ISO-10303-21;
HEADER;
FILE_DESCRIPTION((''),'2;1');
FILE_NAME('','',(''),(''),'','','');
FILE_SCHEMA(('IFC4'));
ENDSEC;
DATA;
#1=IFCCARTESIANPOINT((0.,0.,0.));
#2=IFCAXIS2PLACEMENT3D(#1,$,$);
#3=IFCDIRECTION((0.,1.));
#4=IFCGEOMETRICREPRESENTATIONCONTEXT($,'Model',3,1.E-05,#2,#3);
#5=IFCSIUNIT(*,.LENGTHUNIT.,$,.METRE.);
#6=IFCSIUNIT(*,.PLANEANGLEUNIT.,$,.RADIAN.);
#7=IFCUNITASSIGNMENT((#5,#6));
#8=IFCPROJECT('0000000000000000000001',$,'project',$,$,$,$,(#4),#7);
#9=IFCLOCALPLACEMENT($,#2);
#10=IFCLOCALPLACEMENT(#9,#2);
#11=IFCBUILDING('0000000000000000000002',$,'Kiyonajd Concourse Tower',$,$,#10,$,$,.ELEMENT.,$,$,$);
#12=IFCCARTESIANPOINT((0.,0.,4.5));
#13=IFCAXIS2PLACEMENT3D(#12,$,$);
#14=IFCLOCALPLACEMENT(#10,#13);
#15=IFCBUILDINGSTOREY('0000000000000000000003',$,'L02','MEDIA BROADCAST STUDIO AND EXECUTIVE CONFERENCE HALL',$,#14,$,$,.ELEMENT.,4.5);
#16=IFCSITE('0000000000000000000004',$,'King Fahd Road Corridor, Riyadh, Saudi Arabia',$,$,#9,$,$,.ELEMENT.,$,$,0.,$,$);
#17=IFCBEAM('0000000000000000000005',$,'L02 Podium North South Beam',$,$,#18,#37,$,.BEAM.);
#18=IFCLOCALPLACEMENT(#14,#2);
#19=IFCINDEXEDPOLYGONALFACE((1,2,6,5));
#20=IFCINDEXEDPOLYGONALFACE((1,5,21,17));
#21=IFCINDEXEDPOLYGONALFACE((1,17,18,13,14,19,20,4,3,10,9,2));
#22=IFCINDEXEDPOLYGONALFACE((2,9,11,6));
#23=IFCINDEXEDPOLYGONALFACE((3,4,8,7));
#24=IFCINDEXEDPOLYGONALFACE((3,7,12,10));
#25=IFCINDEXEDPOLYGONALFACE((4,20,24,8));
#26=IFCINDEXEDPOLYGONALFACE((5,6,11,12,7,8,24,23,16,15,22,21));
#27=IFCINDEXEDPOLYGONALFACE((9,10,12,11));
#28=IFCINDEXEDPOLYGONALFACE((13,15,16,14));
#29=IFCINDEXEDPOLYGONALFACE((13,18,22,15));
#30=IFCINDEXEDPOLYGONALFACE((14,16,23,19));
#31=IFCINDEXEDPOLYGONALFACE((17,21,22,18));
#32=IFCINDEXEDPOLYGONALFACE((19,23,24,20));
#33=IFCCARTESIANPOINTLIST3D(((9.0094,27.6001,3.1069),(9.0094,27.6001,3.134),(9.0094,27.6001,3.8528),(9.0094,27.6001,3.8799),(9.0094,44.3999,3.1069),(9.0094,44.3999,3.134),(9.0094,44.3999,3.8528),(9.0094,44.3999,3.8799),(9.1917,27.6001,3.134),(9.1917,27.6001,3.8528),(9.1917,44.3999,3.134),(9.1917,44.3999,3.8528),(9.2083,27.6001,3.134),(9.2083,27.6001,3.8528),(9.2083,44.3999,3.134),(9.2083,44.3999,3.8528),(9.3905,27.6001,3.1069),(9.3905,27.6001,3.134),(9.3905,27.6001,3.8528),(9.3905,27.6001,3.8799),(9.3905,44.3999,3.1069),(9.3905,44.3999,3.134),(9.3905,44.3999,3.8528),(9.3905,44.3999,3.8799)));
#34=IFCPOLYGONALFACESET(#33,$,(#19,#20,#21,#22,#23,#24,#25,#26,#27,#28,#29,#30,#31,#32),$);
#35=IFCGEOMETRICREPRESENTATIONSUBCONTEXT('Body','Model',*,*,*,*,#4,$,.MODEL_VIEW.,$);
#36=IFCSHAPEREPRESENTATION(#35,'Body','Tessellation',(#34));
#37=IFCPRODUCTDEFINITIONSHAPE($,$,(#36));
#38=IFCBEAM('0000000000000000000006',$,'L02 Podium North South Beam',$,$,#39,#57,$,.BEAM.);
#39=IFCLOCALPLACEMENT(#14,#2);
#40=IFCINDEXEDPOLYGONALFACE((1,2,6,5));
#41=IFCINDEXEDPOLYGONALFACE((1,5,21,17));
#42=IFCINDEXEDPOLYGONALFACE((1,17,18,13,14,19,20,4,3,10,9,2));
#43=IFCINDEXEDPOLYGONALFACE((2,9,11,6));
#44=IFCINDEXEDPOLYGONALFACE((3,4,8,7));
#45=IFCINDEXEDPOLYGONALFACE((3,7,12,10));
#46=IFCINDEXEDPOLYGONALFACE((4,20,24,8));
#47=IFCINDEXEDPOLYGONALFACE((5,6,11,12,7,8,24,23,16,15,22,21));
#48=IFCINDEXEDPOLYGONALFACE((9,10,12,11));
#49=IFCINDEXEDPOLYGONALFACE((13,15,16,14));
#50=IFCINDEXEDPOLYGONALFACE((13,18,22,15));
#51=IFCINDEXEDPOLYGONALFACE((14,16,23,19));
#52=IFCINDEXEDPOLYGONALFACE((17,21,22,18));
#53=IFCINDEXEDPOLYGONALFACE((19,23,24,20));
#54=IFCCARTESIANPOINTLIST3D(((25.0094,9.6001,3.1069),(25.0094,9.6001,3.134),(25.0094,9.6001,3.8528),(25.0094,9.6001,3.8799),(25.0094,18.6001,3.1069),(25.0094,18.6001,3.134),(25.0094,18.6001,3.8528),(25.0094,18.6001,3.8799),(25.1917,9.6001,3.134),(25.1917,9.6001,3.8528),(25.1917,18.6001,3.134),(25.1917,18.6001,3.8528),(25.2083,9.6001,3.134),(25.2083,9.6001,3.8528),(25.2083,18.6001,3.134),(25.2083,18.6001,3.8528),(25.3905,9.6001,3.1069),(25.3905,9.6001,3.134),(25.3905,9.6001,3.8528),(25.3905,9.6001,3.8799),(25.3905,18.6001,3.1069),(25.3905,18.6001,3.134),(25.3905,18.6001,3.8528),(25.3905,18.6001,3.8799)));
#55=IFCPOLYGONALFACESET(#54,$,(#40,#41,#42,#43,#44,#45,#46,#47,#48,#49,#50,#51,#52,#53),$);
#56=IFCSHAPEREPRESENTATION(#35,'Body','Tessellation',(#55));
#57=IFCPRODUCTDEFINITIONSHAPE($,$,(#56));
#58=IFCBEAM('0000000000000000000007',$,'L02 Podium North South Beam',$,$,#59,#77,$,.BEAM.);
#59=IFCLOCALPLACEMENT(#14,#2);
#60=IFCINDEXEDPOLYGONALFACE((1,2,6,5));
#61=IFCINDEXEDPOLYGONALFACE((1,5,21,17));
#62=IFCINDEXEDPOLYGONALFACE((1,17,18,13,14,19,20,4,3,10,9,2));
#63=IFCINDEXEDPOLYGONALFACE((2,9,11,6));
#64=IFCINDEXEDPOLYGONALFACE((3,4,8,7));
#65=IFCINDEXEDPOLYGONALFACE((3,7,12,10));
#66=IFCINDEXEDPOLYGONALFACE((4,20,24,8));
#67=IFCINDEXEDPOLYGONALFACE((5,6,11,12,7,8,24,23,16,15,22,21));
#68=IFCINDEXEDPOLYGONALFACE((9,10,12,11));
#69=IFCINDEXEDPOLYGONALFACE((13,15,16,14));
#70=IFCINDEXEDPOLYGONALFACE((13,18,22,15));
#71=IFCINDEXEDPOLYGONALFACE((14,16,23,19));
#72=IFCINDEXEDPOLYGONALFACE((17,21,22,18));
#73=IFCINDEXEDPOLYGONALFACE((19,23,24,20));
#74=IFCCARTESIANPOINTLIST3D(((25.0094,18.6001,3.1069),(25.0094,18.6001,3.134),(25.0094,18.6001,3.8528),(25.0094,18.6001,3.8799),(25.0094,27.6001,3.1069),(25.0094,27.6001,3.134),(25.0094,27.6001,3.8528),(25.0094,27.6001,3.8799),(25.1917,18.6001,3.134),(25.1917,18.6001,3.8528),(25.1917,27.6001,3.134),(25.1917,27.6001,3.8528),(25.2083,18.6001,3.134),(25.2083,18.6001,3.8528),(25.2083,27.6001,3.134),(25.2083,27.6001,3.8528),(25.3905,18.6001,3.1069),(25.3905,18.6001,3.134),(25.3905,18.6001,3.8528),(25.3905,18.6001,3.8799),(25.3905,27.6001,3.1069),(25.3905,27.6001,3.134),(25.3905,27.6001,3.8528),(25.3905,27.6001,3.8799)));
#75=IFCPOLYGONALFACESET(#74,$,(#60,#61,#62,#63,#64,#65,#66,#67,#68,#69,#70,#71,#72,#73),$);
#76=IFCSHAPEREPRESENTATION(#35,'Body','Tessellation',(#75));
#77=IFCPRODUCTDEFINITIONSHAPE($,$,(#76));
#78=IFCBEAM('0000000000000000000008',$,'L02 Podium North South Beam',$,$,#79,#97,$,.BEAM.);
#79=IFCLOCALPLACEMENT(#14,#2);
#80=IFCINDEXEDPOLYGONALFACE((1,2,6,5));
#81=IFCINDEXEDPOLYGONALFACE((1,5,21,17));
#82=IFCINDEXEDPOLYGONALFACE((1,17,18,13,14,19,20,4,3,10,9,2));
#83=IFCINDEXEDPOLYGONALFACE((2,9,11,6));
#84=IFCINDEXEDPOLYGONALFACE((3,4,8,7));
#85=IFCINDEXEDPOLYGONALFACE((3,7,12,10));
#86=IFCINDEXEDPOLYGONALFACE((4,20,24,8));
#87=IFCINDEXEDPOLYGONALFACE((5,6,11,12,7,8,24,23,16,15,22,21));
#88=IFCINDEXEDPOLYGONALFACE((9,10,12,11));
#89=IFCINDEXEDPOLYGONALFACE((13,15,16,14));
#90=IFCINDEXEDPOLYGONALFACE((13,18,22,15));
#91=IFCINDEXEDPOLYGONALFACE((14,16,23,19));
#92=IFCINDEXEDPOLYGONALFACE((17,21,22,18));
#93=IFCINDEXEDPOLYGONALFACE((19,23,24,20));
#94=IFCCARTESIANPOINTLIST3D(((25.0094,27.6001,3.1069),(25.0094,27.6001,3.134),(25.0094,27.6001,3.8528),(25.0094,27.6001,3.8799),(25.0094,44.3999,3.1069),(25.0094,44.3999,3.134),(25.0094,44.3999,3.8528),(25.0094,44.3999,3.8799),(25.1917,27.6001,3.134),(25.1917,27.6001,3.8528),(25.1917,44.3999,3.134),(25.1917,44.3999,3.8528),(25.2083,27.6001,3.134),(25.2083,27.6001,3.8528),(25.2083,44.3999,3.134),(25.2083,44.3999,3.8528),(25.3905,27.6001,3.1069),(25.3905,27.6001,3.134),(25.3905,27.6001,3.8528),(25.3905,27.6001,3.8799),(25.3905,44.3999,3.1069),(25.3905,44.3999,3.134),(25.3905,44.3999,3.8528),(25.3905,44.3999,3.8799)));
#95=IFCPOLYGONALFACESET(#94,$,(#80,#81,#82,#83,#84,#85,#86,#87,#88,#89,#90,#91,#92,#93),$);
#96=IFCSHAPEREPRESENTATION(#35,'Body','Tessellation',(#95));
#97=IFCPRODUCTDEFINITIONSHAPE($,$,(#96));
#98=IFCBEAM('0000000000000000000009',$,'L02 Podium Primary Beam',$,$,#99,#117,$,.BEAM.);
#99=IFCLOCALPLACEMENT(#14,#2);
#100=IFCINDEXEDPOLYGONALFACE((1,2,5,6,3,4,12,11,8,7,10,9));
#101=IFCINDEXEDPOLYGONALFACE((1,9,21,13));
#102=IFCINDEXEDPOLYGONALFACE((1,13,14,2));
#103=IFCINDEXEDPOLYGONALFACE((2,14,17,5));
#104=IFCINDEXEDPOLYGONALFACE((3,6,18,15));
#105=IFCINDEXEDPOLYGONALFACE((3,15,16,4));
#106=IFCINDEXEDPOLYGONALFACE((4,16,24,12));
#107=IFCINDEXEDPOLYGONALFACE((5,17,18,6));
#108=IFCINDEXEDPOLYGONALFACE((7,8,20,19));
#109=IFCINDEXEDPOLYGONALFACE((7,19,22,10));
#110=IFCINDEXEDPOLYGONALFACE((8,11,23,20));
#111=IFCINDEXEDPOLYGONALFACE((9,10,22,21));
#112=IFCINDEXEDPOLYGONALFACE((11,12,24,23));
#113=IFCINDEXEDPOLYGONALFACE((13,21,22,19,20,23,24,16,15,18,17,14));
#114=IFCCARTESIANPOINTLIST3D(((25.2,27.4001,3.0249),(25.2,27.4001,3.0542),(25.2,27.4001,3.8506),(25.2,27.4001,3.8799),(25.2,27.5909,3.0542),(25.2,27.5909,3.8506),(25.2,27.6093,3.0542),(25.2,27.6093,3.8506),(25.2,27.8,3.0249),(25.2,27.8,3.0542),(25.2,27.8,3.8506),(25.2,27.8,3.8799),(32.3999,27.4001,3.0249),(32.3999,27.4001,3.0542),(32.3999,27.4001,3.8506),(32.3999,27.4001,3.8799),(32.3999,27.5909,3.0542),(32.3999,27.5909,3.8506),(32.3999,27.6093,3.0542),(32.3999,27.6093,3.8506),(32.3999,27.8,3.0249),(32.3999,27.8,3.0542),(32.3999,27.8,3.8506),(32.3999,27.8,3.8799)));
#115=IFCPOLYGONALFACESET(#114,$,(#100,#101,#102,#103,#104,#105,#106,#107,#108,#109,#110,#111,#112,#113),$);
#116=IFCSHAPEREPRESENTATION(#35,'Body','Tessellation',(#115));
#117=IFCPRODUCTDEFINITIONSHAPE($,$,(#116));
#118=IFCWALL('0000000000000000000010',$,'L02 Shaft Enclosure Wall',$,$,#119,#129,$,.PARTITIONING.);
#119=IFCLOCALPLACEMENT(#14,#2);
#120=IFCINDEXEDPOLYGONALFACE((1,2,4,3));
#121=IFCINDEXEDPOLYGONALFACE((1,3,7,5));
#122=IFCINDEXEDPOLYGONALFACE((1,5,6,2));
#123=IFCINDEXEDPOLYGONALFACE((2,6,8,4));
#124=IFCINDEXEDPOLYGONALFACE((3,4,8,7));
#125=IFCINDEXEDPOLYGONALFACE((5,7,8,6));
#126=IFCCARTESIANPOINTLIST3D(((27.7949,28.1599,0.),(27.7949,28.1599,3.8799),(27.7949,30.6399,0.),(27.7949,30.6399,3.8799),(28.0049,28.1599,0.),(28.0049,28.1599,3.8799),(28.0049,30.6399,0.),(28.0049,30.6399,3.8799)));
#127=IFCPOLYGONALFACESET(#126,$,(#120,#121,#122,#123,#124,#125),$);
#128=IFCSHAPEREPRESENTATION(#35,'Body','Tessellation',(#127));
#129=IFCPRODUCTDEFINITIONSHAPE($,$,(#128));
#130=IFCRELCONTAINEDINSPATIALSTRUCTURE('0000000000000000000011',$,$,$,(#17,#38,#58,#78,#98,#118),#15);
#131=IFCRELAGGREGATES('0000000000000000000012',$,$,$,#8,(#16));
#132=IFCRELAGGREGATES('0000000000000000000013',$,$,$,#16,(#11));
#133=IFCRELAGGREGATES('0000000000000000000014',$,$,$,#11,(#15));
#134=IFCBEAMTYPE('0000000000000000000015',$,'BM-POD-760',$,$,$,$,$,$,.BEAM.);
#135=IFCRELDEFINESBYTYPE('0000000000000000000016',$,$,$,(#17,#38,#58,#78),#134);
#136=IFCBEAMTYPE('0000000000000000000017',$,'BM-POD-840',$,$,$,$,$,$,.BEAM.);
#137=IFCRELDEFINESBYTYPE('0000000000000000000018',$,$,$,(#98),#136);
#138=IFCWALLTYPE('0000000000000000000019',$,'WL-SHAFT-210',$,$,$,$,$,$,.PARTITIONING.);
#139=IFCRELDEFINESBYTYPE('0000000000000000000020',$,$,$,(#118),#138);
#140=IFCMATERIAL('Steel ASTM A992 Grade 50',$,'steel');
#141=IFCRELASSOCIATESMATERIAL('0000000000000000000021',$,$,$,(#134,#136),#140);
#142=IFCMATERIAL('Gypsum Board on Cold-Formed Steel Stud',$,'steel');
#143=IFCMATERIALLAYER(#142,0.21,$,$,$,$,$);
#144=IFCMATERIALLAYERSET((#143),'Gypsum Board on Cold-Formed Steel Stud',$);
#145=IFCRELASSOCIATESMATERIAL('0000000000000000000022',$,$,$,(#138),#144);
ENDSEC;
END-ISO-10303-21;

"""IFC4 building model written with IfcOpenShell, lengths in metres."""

from ifc_helpers import new_model, si_unit, direction, frame, frame_2d, origin, origin_2d, place, context, subcontext, project, spatial, rectangle, i_section, extrude, material, layer, layer_set, material_profile, profile_set, type_object, element, save


model = new_model("IFC4")

# Units and contexts
model_context = context("Model", 3, precision=1e-05, world=origin(), true_north=direction((0.0, 1.0)))
body_context = subcontext(model_context, "Body", "Model", "MODEL_VIEW")
ifc_project = project(units=[si_unit("LENGTHUNIT", "METRE"), si_unit("PLANEANGLEUNIT", "RADIAN")], contexts=[model_context])

# Site, building, storey
site_placement = place(None, origin())
site = spatial("IfcSite", under=ifc_project, at=site_placement, Name="King Fahd Road Corridor, Riyadh, Saudi Arabia", CompositionType="ELEMENT", RefElevation=0.0)
building_placement = place(site_placement, origin())
building = spatial("IfcBuilding", under=site, at=building_placement, Name="Kiyonajd Concourse Tower", CompositionType="ELEMENT")
storey_placement = place(building_placement, frame((0.0, 0.0, 4.5)))
storey = spatial("IfcBuildingStorey", under=building, at=storey_placement, Name="L02", Description="MEDIA BROADCAST STUDIO AND EXECUTIVE CONFERENCE HALL", CompositionType="ELEMENT", Elevation=4.5)

# Beams
ifc_material_1 = material(Name="Steel ASTM A992 Grade 50", Category="steel")
ifc_material_profile_1 = material_profile(ifc_material_1, i_section(OverallWidth=0.3811, OverallDepth=0.7729, WebThickness=0.0166, FlangeThickness=0.0271, at=origin_2d()), Name="W760X257")
ifc_profile_set_1 = profile_set([ifc_material_profile_1], Name="Steel ASTM A992 Grade 50")
beam_type_1 = type_object("IfcBeamType", Name="BM-POD-760", PredefinedType="BEAM", material=ifc_profile_set_1)
beam_1_placement = place(storey_placement, frame((9.2, 27.6001, 3.4934), z_axis=(0.0, 1.0, 0.0), x_axis=(-1.0, 0.0, 0.0)))
element("IfcBeam", 1, at=beam_1_placement, inside=storey, type_object=beam_type_1, Name="L02 Podium North South Beam", PredefinedType="BEAM", context=body_context, shape_type="SweptSolid", body=[
    extrude(i_section(OverallWidth=0.3811, OverallDepth=0.7729, WebThickness=0.0166, FlangeThickness=0.0271, at=origin_2d()), origin(), (0.0, 0.0, 1.0), 16.7998),
])
for number, where, z_axis, x_axis, name in (
    (2, (25.2, 9.6001, 3.4934), (0.0, 1.0, 0.0), (-1.0, 0.0, 0.0), "L02 Podium North South Beam"),
    (3, (25.2, 18.6001, 3.4934), (0.0, 1.0, 0.0), (-1.0, 0.0, 0.0), "L02 Podium North South Beam"),
):
    element("IfcBeam", number, at=place(storey_placement, frame(where, z_axis=z_axis, x_axis=x_axis)), inside=storey, type_object=beam_type_1, Name=name, PredefinedType="BEAM", context=body_context, shape_type="SweptSolid", body=[
        extrude(i_section(OverallWidth=0.3811, OverallDepth=0.7729, WebThickness=0.0166, FlangeThickness=0.0271, at=origin_2d()), origin(), (0.0, 0.0, 1.0), 9.0),
    ])
beam_2_placement = place(storey_placement, frame((25.2, 27.6001, 3.4934), z_axis=(0.0, 1.0, 0.0), x_axis=(-1.0, 0.0, 0.0)))
element("IfcBeam", 4, at=beam_2_placement, inside=storey, type_object=beam_type_1, Name="L02 Podium North South Beam", PredefinedType="BEAM", context=body_context, shape_type="SweptSolid", body=[
    extrude(i_section(OverallWidth=0.3811, OverallDepth=0.7729, WebThickness=0.0166, FlangeThickness=0.0271, at=origin_2d()), origin(), (0.0, 0.0, 1.0), 16.7998),
])
ifc_material_profile_2 = material_profile(ifc_material_1, i_section(OverallWidth=0.3999, OverallDepth=0.855, WebThickness=0.0183, FlangeThickness=0.0293, at=origin_2d()), Name="W840X299")
ifc_profile_set_2 = profile_set([ifc_material_profile_2], Name="Steel ASTM A992 Grade 50")
beam_type_2 = type_object("IfcBeamType", Name="BM-POD-840", PredefinedType="BEAM", material=ifc_profile_set_2)
beam_3_placement = place(storey_placement, frame((25.2, 27.6001, 3.4524), z_axis=(1.0, 0.0, 0.0), x_axis=(0.0, 1.0, 0.0)))
element("IfcBeam", 5, at=beam_3_placement, inside=storey, type_object=beam_type_2, Name="L02 Podium Primary Beam", PredefinedType="BEAM", context=body_context, shape_type="SweptSolid", body=[
    extrude(i_section(OverallWidth=0.3999, OverallDepth=0.855, WebThickness=0.0183, FlangeThickness=0.0293, at=origin_2d()), origin(), (0.0, 0.0, 1.0), 7.2),
])

# Wall
ifc_material_2 = material(Name="Gypsum Board on Cold-Formed Steel Stud", Category="steel")
ifc_layer_1 = layer(ifc_material_2, 0.21)
ifc_layer_set_1 = layer_set([ifc_layer_1], Name="Gypsum Board on Cold-Formed Steel Stud")
wall_type_1 = type_object("IfcWallType", Name="WL-SHAFT-210", PredefinedType="PARTITIONING", material=ifc_layer_set_1)
wall_1_placement = place(storey_placement, frame((27.8999, 28.1599, 0.0), z_axis=(0.0, 0.0, 1.0), x_axis=(0.0, 1.0, 0.0)))
element("IfcWall", 6, at=wall_1_placement, inside=storey, type_object=wall_type_1, Name="L02 Shaft Enclosure Wall", PredefinedType="PARTITIONING", context=body_context, shape_type="SweptSolid", body=[
    extrude(rectangle(XDim=2.48, YDim=0.21, at=frame_2d((1.24, 0.0))), origin(), (0.0, 0.0, 1.0), 3.8799),
])

save(model, "model.ifc")
